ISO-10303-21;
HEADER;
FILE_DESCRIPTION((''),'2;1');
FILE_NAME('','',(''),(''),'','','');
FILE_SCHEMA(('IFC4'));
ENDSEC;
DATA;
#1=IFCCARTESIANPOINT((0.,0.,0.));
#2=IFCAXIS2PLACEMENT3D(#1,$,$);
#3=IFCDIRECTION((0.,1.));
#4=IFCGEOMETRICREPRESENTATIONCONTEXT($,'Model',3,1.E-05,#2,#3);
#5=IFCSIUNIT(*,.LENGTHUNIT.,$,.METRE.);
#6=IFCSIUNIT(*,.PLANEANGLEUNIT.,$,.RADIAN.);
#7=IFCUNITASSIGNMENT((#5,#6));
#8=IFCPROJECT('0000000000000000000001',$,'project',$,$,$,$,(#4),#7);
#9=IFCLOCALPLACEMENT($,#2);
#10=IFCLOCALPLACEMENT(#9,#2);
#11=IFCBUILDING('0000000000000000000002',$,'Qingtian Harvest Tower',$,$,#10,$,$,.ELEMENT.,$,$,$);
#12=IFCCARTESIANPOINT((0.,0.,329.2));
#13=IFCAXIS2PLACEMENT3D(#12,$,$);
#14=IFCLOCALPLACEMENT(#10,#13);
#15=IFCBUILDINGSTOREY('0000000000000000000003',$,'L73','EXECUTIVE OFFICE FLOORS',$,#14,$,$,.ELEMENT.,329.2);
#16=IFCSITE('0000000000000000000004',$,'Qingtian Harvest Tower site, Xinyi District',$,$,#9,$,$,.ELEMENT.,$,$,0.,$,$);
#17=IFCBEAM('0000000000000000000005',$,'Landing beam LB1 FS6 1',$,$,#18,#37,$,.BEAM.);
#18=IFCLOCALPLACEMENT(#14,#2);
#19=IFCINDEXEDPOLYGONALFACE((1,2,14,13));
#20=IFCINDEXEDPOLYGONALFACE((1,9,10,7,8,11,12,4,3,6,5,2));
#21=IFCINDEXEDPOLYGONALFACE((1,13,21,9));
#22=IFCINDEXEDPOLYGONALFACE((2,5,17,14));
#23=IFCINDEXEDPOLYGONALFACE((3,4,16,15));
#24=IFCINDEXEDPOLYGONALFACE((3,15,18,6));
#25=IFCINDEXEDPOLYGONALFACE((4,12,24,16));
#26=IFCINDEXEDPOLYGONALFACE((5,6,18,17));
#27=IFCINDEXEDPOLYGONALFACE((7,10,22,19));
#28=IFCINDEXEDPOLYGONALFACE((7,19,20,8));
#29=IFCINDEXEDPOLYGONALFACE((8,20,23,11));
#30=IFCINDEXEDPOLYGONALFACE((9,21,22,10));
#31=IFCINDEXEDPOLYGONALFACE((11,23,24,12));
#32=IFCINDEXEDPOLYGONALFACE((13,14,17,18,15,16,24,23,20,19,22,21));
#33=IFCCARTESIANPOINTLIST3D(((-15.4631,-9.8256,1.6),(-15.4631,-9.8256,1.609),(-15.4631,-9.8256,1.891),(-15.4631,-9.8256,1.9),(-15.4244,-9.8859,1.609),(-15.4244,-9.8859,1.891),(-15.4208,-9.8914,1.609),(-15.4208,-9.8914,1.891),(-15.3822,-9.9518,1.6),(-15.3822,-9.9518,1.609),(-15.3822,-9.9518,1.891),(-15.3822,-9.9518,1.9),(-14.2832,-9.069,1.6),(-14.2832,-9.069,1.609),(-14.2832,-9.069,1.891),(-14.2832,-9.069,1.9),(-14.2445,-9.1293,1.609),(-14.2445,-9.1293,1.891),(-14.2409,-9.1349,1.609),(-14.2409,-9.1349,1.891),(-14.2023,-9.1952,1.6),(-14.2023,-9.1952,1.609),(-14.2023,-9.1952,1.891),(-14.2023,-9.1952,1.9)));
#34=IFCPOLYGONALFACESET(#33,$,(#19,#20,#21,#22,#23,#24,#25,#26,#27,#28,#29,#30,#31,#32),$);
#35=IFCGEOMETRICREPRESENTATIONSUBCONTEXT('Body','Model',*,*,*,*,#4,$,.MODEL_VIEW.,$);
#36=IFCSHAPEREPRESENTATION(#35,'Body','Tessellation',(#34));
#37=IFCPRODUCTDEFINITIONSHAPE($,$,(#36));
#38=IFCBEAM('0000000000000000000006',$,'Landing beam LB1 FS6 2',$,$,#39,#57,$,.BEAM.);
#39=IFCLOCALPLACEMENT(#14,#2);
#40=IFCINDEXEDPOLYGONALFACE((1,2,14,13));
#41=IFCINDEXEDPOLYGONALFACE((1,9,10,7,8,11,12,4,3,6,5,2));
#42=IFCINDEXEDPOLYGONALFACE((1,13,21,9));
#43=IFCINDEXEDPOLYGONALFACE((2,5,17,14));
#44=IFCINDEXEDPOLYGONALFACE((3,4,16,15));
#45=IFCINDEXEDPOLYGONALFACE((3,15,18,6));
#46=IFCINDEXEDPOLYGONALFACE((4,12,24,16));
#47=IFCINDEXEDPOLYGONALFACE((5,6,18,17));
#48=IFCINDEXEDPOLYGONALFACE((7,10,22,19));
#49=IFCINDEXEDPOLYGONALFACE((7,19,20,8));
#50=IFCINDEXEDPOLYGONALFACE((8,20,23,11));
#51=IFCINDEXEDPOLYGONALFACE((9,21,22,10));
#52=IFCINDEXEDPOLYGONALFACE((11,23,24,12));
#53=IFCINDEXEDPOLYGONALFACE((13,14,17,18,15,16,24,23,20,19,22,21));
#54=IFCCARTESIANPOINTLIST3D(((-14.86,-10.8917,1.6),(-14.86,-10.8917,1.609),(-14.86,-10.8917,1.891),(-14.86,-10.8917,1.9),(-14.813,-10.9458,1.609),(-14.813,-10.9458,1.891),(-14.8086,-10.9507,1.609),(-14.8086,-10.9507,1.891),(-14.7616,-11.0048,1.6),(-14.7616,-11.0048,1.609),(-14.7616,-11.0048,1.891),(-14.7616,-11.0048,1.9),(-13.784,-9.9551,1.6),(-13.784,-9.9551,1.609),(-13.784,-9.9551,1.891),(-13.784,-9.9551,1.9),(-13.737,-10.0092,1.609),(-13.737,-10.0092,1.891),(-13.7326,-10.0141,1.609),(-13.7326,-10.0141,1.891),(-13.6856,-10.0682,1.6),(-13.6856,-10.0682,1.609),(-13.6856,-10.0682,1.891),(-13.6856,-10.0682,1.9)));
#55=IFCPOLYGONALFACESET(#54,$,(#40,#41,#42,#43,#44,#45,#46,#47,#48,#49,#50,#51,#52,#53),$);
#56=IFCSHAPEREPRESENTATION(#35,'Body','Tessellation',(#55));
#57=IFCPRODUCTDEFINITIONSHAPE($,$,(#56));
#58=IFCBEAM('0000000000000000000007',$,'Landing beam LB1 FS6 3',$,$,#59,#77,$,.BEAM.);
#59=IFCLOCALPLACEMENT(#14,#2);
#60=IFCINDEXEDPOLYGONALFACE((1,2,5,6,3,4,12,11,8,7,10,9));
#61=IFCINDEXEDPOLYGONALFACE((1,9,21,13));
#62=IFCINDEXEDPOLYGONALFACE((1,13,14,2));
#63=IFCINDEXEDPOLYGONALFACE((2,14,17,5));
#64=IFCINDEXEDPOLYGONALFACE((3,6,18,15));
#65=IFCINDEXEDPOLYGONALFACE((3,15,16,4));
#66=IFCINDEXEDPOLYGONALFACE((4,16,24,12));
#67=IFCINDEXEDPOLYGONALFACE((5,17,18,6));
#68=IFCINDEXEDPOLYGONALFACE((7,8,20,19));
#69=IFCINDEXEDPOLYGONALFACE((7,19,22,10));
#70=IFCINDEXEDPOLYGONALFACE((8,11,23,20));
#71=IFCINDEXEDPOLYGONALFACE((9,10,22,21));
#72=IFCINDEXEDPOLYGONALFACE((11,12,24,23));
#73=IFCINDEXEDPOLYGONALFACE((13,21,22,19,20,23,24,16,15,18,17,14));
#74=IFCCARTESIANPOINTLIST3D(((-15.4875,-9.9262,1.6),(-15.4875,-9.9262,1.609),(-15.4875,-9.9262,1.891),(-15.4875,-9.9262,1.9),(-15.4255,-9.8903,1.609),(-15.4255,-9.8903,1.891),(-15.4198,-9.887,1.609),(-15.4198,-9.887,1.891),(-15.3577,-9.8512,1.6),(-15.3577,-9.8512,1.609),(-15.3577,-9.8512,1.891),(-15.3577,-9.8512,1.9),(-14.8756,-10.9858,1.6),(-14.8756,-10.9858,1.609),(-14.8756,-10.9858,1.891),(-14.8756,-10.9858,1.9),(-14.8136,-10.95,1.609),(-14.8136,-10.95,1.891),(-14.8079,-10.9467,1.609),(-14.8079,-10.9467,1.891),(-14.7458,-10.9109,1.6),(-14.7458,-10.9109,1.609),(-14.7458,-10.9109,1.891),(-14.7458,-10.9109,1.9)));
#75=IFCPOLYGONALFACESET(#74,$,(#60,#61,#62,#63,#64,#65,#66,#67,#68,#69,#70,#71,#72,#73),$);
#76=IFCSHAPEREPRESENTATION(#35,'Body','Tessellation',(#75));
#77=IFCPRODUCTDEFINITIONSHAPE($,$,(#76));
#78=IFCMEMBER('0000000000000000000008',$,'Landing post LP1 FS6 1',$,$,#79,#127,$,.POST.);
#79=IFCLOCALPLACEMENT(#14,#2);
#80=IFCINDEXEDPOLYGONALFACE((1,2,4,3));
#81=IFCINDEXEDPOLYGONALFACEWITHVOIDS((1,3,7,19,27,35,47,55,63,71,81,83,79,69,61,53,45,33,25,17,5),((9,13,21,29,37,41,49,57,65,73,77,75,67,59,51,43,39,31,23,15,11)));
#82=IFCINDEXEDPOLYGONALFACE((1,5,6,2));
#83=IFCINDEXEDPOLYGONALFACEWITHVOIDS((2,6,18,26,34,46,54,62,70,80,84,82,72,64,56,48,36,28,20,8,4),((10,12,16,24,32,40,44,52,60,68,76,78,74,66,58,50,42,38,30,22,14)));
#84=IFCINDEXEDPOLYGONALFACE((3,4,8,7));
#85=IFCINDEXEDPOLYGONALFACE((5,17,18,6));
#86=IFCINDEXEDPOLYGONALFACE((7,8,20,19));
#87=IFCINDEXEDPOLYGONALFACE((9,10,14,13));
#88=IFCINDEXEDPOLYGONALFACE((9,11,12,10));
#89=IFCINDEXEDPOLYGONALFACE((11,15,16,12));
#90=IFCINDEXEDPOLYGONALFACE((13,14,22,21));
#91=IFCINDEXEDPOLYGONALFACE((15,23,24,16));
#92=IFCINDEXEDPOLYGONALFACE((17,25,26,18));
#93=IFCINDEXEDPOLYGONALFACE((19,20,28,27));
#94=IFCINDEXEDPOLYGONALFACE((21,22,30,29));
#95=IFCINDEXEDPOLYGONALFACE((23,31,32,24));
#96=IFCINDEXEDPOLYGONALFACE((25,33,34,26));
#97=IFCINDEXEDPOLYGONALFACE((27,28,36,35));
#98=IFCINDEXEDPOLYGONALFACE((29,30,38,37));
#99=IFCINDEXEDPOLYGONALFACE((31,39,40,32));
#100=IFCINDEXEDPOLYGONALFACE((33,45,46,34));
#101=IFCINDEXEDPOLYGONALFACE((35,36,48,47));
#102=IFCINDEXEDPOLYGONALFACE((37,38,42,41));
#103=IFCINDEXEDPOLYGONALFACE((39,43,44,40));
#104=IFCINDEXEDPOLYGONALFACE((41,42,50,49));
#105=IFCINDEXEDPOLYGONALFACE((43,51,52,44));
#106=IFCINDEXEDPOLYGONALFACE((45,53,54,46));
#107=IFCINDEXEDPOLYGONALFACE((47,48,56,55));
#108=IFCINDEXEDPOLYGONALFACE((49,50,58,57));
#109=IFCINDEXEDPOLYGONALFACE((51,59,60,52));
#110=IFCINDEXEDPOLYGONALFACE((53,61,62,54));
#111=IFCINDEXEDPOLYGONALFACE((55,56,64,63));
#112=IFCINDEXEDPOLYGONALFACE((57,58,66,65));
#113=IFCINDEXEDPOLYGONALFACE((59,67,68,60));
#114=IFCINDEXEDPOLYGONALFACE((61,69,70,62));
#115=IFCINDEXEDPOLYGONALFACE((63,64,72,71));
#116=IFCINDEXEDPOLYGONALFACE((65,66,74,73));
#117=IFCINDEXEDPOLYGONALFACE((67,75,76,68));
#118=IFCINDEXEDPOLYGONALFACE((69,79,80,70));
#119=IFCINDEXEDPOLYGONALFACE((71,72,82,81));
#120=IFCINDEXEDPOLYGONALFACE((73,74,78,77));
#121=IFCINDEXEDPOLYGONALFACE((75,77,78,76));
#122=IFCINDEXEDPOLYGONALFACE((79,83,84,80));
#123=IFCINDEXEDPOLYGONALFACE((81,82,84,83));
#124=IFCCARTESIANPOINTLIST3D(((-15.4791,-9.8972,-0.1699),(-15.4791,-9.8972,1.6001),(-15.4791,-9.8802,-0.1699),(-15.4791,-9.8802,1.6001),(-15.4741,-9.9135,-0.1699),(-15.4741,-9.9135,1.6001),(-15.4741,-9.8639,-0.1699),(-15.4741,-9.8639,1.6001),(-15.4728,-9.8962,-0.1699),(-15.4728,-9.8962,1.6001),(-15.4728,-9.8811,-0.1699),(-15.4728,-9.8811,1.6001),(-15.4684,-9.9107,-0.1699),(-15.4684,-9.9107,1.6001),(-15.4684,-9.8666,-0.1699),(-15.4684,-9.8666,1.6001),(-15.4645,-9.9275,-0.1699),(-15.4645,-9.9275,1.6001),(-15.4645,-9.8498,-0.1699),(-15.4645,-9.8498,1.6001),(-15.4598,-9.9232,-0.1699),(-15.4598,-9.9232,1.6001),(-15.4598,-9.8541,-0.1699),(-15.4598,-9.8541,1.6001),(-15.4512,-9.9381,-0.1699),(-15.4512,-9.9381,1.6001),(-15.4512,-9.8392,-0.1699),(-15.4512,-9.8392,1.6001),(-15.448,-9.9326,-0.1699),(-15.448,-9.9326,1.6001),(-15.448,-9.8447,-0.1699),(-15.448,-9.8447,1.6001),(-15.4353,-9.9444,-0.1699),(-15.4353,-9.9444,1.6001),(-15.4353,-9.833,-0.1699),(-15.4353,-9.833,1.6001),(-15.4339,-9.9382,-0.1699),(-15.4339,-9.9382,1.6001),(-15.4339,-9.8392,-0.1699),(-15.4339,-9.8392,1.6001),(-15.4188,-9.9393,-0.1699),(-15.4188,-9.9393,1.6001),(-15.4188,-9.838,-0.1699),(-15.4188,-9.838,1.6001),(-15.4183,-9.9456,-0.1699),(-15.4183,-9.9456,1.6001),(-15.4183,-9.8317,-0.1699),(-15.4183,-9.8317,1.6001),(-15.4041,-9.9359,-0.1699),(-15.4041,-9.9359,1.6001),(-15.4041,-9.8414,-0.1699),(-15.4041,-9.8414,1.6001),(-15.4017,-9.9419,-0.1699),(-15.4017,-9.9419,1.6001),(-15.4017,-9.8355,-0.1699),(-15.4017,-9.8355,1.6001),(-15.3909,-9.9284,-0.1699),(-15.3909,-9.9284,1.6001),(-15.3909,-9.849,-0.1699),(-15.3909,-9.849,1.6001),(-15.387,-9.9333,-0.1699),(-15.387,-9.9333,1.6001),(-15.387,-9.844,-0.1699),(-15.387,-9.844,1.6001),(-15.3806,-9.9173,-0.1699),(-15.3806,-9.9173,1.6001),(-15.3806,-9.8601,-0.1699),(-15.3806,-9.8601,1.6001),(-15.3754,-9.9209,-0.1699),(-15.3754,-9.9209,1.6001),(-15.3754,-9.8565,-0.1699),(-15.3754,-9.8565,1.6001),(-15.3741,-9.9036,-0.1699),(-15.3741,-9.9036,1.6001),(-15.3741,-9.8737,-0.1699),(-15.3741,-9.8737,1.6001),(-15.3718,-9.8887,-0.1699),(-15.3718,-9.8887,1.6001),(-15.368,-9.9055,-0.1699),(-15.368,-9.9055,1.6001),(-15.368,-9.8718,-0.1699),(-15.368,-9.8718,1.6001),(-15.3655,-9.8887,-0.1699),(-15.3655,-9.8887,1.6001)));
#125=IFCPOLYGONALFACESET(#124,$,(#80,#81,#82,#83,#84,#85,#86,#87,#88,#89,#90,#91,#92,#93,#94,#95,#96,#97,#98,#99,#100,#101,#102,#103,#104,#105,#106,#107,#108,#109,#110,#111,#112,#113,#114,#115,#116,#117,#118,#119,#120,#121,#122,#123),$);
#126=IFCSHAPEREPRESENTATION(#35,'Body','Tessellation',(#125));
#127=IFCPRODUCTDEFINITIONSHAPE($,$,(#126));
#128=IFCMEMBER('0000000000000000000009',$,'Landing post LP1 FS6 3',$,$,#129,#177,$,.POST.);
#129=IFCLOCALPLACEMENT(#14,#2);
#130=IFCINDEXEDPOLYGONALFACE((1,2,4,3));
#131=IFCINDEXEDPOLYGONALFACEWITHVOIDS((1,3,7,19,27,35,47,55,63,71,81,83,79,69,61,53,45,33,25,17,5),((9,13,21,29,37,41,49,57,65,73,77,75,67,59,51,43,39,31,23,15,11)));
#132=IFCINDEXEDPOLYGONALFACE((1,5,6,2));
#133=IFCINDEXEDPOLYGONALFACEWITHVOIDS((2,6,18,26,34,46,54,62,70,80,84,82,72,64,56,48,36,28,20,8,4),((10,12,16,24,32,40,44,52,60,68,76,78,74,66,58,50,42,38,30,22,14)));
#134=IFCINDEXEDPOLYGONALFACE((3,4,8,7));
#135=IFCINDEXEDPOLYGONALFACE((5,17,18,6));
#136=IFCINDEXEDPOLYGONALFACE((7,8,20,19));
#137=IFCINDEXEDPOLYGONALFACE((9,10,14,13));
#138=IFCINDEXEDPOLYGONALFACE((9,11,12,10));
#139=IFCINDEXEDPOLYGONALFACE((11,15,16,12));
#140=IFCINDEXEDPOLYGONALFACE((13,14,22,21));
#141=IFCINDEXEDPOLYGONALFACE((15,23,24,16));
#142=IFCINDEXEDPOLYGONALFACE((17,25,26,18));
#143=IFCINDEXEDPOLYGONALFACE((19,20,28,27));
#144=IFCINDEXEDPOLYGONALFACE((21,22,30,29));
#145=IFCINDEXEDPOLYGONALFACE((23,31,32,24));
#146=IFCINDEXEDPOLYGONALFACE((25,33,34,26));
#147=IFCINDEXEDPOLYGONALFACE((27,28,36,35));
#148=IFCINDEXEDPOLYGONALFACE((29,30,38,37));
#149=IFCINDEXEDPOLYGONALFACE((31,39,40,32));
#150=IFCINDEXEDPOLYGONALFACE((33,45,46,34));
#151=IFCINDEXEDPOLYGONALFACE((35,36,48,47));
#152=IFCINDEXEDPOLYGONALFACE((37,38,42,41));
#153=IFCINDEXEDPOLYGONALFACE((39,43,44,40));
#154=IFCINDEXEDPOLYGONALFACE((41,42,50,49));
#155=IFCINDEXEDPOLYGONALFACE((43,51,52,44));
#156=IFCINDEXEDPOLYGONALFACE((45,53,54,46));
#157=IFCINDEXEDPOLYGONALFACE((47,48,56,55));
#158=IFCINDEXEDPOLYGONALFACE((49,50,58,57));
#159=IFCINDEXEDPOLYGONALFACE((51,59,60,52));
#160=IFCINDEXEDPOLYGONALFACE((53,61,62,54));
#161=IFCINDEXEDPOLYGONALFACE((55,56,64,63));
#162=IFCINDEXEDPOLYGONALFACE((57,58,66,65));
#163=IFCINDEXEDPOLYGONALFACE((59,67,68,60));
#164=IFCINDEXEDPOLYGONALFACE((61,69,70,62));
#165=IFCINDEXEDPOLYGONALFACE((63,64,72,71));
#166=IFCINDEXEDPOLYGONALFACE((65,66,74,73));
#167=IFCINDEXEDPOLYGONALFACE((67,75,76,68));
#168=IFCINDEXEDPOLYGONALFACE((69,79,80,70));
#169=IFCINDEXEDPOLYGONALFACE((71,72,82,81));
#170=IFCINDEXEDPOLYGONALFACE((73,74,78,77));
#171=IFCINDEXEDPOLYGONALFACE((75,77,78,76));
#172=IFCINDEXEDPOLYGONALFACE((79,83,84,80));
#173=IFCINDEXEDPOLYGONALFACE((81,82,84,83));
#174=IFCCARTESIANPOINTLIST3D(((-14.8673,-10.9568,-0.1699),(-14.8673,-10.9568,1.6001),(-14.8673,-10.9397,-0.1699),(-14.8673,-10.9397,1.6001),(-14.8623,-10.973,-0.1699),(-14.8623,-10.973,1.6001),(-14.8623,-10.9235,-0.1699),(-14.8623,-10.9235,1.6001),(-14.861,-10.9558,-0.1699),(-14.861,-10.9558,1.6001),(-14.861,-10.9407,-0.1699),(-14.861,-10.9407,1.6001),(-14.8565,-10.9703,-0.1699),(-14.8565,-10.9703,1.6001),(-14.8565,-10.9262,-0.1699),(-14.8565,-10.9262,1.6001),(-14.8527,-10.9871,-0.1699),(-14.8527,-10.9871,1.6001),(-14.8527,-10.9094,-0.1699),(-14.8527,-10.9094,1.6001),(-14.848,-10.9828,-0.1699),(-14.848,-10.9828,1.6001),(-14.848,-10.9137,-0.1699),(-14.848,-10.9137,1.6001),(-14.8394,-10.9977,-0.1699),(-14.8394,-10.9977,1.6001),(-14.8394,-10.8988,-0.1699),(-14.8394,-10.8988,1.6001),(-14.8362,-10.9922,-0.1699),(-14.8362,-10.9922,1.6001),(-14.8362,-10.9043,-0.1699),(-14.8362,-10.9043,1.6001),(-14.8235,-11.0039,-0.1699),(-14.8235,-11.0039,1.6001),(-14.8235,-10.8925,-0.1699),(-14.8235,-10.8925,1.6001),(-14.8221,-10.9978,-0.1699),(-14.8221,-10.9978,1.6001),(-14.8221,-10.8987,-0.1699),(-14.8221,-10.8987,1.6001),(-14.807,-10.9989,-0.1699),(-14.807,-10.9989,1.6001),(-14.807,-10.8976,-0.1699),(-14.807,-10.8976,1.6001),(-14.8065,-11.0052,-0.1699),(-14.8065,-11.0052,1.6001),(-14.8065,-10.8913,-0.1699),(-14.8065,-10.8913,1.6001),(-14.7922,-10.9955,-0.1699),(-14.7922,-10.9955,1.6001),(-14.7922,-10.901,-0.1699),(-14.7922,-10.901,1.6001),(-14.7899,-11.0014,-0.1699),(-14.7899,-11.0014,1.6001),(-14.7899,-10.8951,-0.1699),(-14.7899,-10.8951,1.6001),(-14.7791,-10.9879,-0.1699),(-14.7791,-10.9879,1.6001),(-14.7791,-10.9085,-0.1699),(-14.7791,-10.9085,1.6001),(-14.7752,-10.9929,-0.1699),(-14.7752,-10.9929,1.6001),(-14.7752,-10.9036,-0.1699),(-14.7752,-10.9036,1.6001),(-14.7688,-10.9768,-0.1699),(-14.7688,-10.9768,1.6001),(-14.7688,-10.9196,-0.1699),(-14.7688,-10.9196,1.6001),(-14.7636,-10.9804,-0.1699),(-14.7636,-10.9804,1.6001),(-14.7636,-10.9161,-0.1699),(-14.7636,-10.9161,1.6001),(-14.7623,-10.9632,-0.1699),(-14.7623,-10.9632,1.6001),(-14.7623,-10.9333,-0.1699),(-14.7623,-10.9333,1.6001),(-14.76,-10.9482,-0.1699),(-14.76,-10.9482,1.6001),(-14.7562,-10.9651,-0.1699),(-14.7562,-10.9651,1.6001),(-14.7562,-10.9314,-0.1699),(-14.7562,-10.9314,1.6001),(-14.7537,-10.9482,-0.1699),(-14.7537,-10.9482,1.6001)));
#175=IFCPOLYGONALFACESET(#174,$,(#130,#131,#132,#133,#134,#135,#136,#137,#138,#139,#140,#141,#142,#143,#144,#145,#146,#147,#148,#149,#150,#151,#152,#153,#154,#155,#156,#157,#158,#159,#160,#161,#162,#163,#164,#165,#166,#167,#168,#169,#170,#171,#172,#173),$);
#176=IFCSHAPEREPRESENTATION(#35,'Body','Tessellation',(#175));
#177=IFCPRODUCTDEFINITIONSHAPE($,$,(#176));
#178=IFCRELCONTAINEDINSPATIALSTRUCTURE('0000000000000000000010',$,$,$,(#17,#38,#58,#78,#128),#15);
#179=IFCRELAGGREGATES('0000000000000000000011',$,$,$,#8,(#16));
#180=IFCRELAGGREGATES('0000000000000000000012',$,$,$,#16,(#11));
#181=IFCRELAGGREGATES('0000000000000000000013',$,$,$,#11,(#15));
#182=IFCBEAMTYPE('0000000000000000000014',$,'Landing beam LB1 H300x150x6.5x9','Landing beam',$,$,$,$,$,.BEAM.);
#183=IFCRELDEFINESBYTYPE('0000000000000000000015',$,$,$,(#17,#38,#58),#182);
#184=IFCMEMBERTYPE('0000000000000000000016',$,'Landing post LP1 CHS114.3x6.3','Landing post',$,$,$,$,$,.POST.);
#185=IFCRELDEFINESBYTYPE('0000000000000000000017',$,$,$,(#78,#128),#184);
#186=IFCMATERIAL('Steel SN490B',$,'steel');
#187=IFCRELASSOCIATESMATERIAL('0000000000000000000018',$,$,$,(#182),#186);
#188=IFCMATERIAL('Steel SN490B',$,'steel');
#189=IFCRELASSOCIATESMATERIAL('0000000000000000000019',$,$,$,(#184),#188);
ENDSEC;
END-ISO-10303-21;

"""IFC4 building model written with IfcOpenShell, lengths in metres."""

from ifc_helpers import new_model, si_unit, direction, frame, origin, origin_2d, place, context, subcontext, project, spatial, hollow_circle, i_section, extrude, material, material_profile, profile_set, type_object, element, save


model = new_model("IFC4")

# Units and contexts
model_context = context("Model", 3, precision=1e-05, world=origin(), true_north=direction((0.0, 1.0)))
body_context = subcontext(model_context, "Body", "Model", "MODEL_VIEW")
ifc_project = project(units=[si_unit("LENGTHUNIT", "METRE"), si_unit("PLANEANGLEUNIT", "RADIAN")], contexts=[model_context])

# Site, building, storey
site_placement = place(None, origin())
site = spatial("IfcSite", under=ifc_project, at=site_placement, Name="Qingtian Harvest Tower site, Xinyi District", CompositionType="ELEMENT", RefElevation=0.0)
building_placement = place(site_placement, origin())
building = spatial("IfcBuilding", under=site, at=building_placement, Name="Qingtian Harvest Tower", CompositionType="ELEMENT")
storey_placement = place(building_placement, frame((0.0, 0.0, 329.2)))
storey = spatial("IfcBuildingStorey", under=building, at=storey_placement, Name="L73", Description="EXECUTIVE OFFICE FLOORS", CompositionType="ELEMENT", Elevation=329.2)

# Beams
ifc_material_1 = material(Name="Steel SN490B", Category="steel")
ifc_material_profile_1 = material_profile(ifc_material_1, i_section(OverallWidth=0.1499, OverallDepth=0.3, WebThickness=0.0066, FlangeThickness=0.009, at=origin_2d()), Name="H300x150x6.5x9")
ifc_profile_set_1 = profile_set([ifc_material_profile_1], Name="Steel SN490B")
beam_type_1 = type_object("IfcBeamType", Name="Landing beam LB1 H300x150x6.5x9", Description="Landing beam", PredefinedType="BEAM", material=ifc_profile_set_1)
beam_1_placement = place(storey_placement, frame((-15.4226, -9.8887, 1.75), z_axis=(0.841806, 0.53978, 0.0), x_axis=(-0.53978, 0.841806, 0.0)))
element("IfcBeam", 1, at=beam_1_placement, inside=storey, type_object=beam_type_1, Name="Landing beam LB1 FS6 1", PredefinedType="BEAM", context=body_context, shape_type="SweptSolid", body=[
    extrude(i_section(OverallWidth=0.1499, OverallDepth=0.3, WebThickness=0.0066, FlangeThickness=0.009, at=origin_2d()), origin(), (0.0, 0.0, 1.0), 1.4016),
])
beam_2_placement = place(storey_placement, frame((-14.8108, -10.9482, 1.75), z_axis=(0.754281, 0.656552, 0.0), x_axis=(-0.656552, 0.754281, 0.0)))
element("IfcBeam", 2, at=beam_2_placement, inside=storey, type_object=beam_type_1, Name="Landing beam LB1 FS6 2", PredefinedType="BEAM", context=body_context, shape_type="SweptSolid", body=[
    extrude(i_section(OverallWidth=0.1499, OverallDepth=0.3, WebThickness=0.0066, FlangeThickness=0.009, at=origin_2d()), origin(), (0.0, 0.0, 1.0), 1.4265),
])
beam_3_placement = place(storey_placement, frame((-15.4226, -9.8887, 1.75), z_axis=(0.500045, -0.865999, 0.0), x_axis=(0.865999, 0.500045, 0.0)))
element("IfcBeam", 3, at=beam_3_placement, inside=storey, type_object=beam_type_1, Name="Landing beam LB1 FS6 3", PredefinedType="BEAM", context=body_context, shape_type="SweptSolid", body=[
    extrude(i_section(OverallWidth=0.1499, OverallDepth=0.3, WebThickness=0.0066, FlangeThickness=0.009, at=origin_2d()), origin(), (0.0, 0.0, 1.0), 1.2236),
])

# Members
ifc_material_2 = material(Name="Steel SN490B", Category="steel")
ifc_material_profile_2 = material_profile(ifc_material_2, hollow_circle(Radius=0.0571, WallThickness=0.0063, at=origin_2d()), Name="CHS114.3x6.3")
ifc_profile_set_2 = profile_set([ifc_material_profile_2], Name="Steel SN490B")
member_type_1 = type_object("IfcMemberType", Name="Landing post LP1 CHS114.3x6.3", Description="Landing post", PredefinedType="POST", material=ifc_profile_set_2)
for number, where, z_axis, x_axis, name in (
    (4, (-15.4226, -9.8887, -0.1699), (0.0, 0.0, 1.0), (1.0, 0.0, 0.0), "Landing post LP1 FS6 1"),
    (5, (-14.8108, -10.9482, -0.1699), (0.0, 0.0, 1.0), (1.0, 0.0, 0.0), "Landing post LP1 FS6 3"),
):
    element("IfcMember", number, at=place(storey_placement, frame(where, z_axis=z_axis, x_axis=x_axis)), inside=storey, type_object=member_type_1, Name=name, PredefinedType="POST", context=body_context, shape_type="SweptSolid", body=[
        extrude(hollow_circle(Radius=0.0571, WallThickness=0.0063, at=origin_2d()), origin(), (0.0, 0.0, 1.0), 1.77),
    ])

save(model, "model.ifc")
